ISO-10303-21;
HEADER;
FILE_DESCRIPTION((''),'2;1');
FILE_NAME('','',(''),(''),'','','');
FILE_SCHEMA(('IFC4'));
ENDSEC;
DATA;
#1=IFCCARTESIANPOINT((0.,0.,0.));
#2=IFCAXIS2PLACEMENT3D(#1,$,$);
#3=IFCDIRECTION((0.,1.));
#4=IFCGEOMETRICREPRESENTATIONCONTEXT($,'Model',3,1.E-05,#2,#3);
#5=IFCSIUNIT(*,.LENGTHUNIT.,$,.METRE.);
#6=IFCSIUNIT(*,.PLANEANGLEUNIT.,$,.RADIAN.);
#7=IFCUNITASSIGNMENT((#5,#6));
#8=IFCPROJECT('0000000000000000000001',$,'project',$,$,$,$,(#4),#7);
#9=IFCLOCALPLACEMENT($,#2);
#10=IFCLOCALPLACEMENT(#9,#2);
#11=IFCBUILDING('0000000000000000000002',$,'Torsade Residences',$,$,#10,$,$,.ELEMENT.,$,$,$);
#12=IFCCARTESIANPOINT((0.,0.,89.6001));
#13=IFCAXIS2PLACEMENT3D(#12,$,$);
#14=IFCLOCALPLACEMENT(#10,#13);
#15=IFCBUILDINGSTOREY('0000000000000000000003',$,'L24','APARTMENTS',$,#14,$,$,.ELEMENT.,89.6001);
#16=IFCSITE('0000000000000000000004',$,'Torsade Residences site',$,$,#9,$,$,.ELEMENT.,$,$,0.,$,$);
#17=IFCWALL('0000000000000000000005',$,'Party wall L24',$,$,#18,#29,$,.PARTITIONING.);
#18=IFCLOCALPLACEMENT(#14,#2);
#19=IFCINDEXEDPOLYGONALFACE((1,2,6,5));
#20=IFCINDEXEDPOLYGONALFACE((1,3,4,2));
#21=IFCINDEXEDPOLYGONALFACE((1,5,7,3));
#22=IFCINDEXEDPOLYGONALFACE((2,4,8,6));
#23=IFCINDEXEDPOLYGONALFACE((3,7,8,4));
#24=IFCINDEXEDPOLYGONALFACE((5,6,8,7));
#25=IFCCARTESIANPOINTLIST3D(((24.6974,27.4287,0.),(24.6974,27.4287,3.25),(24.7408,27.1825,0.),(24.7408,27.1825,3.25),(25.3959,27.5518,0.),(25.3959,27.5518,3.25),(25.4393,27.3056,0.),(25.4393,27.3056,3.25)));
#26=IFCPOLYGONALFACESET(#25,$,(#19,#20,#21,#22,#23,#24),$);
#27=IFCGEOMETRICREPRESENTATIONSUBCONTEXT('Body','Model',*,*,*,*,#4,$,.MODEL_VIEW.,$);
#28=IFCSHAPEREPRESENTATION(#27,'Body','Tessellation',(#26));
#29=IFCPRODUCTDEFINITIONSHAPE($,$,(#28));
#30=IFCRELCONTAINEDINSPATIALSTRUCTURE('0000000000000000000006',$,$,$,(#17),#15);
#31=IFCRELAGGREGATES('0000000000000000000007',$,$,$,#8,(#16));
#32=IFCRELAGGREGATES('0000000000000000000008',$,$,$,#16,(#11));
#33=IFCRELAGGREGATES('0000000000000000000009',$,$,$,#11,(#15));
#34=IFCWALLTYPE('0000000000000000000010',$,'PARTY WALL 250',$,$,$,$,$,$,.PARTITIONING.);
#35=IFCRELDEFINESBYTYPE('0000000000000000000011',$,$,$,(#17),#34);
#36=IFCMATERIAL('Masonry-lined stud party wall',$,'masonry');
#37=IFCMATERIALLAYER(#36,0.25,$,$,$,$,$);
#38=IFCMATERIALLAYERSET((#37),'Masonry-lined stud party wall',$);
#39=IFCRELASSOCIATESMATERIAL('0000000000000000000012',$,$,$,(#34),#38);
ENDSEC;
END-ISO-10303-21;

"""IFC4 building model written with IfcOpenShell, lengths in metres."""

from ifc_helpers import new_model, si_unit, direction, frame, frame_2d, origin, place, context, subcontext, project, spatial, rectangle, extrude, material, layer, layer_set, type_object, element, save


model = new_model("IFC4")

# Units and contexts
model_context = context("Model", 3, precision=1e-05, world=origin(), true_north=direction((0.0, 1.0)))
body_context = subcontext(model_context, "Body", "Model", "MODEL_VIEW")
ifc_project = project(units=[si_unit("LENGTHUNIT", "METRE"), si_unit("PLANEANGLEUNIT", "RADIAN")], contexts=[model_context])

# Site, building, storey
site_placement = place(None, origin())
site = spatial("IfcSite", under=ifc_project, at=site_placement, Name="Torsade Residences site", CompositionType="ELEMENT", RefElevation=0.0)
building_placement = place(site_placement, origin())
building = spatial("IfcBuilding", under=site, at=building_placement, Name="Torsade Residences", CompositionType="ELEMENT")
storey_placement = place(building_placement, frame((0.0, 0.0, 89.6001)))
storey = spatial("IfcBuildingStorey", under=building, at=storey_placement, Name="L24", Description="APARTMENTS", CompositionType="ELEMENT", Elevation=89.6001)

# Wall
ifc_material_1 = material(Name="Masonry-lined stud party wall", Category="masonry")
ifc_layer_1 = layer(ifc_material_1, 0.25)
ifc_layer_set_1 = layer_set([ifc_layer_1], Name="Masonry-lined stud party wall")
wall_type_1 = type_object("IfcWallType", Name="PARTY WALL 250", PredefinedType="PARTITIONING", material=ifc_layer_set_1)
wall_1_placement = place(storey_placement, frame((24.7192, 27.3057, 0.0), z_axis=(0.0, 0.0, 1.0), x_axis=(0.984835, 0.173491, 0.0)))
element("IfcWall", 1, at=wall_1_placement, inside=storey, type_object=wall_type_1, Name="Party wall L24", PredefinedType="PARTITIONING", context=body_context, shape_type="SweptSolid", body=[
    extrude(rectangle(XDim=0.7092, YDim=0.25, at=frame_2d((0.3545, 0.0))), origin(), (0.0, 0.0, 1.0), 3.25),
])

save(model, "model.ifc")
